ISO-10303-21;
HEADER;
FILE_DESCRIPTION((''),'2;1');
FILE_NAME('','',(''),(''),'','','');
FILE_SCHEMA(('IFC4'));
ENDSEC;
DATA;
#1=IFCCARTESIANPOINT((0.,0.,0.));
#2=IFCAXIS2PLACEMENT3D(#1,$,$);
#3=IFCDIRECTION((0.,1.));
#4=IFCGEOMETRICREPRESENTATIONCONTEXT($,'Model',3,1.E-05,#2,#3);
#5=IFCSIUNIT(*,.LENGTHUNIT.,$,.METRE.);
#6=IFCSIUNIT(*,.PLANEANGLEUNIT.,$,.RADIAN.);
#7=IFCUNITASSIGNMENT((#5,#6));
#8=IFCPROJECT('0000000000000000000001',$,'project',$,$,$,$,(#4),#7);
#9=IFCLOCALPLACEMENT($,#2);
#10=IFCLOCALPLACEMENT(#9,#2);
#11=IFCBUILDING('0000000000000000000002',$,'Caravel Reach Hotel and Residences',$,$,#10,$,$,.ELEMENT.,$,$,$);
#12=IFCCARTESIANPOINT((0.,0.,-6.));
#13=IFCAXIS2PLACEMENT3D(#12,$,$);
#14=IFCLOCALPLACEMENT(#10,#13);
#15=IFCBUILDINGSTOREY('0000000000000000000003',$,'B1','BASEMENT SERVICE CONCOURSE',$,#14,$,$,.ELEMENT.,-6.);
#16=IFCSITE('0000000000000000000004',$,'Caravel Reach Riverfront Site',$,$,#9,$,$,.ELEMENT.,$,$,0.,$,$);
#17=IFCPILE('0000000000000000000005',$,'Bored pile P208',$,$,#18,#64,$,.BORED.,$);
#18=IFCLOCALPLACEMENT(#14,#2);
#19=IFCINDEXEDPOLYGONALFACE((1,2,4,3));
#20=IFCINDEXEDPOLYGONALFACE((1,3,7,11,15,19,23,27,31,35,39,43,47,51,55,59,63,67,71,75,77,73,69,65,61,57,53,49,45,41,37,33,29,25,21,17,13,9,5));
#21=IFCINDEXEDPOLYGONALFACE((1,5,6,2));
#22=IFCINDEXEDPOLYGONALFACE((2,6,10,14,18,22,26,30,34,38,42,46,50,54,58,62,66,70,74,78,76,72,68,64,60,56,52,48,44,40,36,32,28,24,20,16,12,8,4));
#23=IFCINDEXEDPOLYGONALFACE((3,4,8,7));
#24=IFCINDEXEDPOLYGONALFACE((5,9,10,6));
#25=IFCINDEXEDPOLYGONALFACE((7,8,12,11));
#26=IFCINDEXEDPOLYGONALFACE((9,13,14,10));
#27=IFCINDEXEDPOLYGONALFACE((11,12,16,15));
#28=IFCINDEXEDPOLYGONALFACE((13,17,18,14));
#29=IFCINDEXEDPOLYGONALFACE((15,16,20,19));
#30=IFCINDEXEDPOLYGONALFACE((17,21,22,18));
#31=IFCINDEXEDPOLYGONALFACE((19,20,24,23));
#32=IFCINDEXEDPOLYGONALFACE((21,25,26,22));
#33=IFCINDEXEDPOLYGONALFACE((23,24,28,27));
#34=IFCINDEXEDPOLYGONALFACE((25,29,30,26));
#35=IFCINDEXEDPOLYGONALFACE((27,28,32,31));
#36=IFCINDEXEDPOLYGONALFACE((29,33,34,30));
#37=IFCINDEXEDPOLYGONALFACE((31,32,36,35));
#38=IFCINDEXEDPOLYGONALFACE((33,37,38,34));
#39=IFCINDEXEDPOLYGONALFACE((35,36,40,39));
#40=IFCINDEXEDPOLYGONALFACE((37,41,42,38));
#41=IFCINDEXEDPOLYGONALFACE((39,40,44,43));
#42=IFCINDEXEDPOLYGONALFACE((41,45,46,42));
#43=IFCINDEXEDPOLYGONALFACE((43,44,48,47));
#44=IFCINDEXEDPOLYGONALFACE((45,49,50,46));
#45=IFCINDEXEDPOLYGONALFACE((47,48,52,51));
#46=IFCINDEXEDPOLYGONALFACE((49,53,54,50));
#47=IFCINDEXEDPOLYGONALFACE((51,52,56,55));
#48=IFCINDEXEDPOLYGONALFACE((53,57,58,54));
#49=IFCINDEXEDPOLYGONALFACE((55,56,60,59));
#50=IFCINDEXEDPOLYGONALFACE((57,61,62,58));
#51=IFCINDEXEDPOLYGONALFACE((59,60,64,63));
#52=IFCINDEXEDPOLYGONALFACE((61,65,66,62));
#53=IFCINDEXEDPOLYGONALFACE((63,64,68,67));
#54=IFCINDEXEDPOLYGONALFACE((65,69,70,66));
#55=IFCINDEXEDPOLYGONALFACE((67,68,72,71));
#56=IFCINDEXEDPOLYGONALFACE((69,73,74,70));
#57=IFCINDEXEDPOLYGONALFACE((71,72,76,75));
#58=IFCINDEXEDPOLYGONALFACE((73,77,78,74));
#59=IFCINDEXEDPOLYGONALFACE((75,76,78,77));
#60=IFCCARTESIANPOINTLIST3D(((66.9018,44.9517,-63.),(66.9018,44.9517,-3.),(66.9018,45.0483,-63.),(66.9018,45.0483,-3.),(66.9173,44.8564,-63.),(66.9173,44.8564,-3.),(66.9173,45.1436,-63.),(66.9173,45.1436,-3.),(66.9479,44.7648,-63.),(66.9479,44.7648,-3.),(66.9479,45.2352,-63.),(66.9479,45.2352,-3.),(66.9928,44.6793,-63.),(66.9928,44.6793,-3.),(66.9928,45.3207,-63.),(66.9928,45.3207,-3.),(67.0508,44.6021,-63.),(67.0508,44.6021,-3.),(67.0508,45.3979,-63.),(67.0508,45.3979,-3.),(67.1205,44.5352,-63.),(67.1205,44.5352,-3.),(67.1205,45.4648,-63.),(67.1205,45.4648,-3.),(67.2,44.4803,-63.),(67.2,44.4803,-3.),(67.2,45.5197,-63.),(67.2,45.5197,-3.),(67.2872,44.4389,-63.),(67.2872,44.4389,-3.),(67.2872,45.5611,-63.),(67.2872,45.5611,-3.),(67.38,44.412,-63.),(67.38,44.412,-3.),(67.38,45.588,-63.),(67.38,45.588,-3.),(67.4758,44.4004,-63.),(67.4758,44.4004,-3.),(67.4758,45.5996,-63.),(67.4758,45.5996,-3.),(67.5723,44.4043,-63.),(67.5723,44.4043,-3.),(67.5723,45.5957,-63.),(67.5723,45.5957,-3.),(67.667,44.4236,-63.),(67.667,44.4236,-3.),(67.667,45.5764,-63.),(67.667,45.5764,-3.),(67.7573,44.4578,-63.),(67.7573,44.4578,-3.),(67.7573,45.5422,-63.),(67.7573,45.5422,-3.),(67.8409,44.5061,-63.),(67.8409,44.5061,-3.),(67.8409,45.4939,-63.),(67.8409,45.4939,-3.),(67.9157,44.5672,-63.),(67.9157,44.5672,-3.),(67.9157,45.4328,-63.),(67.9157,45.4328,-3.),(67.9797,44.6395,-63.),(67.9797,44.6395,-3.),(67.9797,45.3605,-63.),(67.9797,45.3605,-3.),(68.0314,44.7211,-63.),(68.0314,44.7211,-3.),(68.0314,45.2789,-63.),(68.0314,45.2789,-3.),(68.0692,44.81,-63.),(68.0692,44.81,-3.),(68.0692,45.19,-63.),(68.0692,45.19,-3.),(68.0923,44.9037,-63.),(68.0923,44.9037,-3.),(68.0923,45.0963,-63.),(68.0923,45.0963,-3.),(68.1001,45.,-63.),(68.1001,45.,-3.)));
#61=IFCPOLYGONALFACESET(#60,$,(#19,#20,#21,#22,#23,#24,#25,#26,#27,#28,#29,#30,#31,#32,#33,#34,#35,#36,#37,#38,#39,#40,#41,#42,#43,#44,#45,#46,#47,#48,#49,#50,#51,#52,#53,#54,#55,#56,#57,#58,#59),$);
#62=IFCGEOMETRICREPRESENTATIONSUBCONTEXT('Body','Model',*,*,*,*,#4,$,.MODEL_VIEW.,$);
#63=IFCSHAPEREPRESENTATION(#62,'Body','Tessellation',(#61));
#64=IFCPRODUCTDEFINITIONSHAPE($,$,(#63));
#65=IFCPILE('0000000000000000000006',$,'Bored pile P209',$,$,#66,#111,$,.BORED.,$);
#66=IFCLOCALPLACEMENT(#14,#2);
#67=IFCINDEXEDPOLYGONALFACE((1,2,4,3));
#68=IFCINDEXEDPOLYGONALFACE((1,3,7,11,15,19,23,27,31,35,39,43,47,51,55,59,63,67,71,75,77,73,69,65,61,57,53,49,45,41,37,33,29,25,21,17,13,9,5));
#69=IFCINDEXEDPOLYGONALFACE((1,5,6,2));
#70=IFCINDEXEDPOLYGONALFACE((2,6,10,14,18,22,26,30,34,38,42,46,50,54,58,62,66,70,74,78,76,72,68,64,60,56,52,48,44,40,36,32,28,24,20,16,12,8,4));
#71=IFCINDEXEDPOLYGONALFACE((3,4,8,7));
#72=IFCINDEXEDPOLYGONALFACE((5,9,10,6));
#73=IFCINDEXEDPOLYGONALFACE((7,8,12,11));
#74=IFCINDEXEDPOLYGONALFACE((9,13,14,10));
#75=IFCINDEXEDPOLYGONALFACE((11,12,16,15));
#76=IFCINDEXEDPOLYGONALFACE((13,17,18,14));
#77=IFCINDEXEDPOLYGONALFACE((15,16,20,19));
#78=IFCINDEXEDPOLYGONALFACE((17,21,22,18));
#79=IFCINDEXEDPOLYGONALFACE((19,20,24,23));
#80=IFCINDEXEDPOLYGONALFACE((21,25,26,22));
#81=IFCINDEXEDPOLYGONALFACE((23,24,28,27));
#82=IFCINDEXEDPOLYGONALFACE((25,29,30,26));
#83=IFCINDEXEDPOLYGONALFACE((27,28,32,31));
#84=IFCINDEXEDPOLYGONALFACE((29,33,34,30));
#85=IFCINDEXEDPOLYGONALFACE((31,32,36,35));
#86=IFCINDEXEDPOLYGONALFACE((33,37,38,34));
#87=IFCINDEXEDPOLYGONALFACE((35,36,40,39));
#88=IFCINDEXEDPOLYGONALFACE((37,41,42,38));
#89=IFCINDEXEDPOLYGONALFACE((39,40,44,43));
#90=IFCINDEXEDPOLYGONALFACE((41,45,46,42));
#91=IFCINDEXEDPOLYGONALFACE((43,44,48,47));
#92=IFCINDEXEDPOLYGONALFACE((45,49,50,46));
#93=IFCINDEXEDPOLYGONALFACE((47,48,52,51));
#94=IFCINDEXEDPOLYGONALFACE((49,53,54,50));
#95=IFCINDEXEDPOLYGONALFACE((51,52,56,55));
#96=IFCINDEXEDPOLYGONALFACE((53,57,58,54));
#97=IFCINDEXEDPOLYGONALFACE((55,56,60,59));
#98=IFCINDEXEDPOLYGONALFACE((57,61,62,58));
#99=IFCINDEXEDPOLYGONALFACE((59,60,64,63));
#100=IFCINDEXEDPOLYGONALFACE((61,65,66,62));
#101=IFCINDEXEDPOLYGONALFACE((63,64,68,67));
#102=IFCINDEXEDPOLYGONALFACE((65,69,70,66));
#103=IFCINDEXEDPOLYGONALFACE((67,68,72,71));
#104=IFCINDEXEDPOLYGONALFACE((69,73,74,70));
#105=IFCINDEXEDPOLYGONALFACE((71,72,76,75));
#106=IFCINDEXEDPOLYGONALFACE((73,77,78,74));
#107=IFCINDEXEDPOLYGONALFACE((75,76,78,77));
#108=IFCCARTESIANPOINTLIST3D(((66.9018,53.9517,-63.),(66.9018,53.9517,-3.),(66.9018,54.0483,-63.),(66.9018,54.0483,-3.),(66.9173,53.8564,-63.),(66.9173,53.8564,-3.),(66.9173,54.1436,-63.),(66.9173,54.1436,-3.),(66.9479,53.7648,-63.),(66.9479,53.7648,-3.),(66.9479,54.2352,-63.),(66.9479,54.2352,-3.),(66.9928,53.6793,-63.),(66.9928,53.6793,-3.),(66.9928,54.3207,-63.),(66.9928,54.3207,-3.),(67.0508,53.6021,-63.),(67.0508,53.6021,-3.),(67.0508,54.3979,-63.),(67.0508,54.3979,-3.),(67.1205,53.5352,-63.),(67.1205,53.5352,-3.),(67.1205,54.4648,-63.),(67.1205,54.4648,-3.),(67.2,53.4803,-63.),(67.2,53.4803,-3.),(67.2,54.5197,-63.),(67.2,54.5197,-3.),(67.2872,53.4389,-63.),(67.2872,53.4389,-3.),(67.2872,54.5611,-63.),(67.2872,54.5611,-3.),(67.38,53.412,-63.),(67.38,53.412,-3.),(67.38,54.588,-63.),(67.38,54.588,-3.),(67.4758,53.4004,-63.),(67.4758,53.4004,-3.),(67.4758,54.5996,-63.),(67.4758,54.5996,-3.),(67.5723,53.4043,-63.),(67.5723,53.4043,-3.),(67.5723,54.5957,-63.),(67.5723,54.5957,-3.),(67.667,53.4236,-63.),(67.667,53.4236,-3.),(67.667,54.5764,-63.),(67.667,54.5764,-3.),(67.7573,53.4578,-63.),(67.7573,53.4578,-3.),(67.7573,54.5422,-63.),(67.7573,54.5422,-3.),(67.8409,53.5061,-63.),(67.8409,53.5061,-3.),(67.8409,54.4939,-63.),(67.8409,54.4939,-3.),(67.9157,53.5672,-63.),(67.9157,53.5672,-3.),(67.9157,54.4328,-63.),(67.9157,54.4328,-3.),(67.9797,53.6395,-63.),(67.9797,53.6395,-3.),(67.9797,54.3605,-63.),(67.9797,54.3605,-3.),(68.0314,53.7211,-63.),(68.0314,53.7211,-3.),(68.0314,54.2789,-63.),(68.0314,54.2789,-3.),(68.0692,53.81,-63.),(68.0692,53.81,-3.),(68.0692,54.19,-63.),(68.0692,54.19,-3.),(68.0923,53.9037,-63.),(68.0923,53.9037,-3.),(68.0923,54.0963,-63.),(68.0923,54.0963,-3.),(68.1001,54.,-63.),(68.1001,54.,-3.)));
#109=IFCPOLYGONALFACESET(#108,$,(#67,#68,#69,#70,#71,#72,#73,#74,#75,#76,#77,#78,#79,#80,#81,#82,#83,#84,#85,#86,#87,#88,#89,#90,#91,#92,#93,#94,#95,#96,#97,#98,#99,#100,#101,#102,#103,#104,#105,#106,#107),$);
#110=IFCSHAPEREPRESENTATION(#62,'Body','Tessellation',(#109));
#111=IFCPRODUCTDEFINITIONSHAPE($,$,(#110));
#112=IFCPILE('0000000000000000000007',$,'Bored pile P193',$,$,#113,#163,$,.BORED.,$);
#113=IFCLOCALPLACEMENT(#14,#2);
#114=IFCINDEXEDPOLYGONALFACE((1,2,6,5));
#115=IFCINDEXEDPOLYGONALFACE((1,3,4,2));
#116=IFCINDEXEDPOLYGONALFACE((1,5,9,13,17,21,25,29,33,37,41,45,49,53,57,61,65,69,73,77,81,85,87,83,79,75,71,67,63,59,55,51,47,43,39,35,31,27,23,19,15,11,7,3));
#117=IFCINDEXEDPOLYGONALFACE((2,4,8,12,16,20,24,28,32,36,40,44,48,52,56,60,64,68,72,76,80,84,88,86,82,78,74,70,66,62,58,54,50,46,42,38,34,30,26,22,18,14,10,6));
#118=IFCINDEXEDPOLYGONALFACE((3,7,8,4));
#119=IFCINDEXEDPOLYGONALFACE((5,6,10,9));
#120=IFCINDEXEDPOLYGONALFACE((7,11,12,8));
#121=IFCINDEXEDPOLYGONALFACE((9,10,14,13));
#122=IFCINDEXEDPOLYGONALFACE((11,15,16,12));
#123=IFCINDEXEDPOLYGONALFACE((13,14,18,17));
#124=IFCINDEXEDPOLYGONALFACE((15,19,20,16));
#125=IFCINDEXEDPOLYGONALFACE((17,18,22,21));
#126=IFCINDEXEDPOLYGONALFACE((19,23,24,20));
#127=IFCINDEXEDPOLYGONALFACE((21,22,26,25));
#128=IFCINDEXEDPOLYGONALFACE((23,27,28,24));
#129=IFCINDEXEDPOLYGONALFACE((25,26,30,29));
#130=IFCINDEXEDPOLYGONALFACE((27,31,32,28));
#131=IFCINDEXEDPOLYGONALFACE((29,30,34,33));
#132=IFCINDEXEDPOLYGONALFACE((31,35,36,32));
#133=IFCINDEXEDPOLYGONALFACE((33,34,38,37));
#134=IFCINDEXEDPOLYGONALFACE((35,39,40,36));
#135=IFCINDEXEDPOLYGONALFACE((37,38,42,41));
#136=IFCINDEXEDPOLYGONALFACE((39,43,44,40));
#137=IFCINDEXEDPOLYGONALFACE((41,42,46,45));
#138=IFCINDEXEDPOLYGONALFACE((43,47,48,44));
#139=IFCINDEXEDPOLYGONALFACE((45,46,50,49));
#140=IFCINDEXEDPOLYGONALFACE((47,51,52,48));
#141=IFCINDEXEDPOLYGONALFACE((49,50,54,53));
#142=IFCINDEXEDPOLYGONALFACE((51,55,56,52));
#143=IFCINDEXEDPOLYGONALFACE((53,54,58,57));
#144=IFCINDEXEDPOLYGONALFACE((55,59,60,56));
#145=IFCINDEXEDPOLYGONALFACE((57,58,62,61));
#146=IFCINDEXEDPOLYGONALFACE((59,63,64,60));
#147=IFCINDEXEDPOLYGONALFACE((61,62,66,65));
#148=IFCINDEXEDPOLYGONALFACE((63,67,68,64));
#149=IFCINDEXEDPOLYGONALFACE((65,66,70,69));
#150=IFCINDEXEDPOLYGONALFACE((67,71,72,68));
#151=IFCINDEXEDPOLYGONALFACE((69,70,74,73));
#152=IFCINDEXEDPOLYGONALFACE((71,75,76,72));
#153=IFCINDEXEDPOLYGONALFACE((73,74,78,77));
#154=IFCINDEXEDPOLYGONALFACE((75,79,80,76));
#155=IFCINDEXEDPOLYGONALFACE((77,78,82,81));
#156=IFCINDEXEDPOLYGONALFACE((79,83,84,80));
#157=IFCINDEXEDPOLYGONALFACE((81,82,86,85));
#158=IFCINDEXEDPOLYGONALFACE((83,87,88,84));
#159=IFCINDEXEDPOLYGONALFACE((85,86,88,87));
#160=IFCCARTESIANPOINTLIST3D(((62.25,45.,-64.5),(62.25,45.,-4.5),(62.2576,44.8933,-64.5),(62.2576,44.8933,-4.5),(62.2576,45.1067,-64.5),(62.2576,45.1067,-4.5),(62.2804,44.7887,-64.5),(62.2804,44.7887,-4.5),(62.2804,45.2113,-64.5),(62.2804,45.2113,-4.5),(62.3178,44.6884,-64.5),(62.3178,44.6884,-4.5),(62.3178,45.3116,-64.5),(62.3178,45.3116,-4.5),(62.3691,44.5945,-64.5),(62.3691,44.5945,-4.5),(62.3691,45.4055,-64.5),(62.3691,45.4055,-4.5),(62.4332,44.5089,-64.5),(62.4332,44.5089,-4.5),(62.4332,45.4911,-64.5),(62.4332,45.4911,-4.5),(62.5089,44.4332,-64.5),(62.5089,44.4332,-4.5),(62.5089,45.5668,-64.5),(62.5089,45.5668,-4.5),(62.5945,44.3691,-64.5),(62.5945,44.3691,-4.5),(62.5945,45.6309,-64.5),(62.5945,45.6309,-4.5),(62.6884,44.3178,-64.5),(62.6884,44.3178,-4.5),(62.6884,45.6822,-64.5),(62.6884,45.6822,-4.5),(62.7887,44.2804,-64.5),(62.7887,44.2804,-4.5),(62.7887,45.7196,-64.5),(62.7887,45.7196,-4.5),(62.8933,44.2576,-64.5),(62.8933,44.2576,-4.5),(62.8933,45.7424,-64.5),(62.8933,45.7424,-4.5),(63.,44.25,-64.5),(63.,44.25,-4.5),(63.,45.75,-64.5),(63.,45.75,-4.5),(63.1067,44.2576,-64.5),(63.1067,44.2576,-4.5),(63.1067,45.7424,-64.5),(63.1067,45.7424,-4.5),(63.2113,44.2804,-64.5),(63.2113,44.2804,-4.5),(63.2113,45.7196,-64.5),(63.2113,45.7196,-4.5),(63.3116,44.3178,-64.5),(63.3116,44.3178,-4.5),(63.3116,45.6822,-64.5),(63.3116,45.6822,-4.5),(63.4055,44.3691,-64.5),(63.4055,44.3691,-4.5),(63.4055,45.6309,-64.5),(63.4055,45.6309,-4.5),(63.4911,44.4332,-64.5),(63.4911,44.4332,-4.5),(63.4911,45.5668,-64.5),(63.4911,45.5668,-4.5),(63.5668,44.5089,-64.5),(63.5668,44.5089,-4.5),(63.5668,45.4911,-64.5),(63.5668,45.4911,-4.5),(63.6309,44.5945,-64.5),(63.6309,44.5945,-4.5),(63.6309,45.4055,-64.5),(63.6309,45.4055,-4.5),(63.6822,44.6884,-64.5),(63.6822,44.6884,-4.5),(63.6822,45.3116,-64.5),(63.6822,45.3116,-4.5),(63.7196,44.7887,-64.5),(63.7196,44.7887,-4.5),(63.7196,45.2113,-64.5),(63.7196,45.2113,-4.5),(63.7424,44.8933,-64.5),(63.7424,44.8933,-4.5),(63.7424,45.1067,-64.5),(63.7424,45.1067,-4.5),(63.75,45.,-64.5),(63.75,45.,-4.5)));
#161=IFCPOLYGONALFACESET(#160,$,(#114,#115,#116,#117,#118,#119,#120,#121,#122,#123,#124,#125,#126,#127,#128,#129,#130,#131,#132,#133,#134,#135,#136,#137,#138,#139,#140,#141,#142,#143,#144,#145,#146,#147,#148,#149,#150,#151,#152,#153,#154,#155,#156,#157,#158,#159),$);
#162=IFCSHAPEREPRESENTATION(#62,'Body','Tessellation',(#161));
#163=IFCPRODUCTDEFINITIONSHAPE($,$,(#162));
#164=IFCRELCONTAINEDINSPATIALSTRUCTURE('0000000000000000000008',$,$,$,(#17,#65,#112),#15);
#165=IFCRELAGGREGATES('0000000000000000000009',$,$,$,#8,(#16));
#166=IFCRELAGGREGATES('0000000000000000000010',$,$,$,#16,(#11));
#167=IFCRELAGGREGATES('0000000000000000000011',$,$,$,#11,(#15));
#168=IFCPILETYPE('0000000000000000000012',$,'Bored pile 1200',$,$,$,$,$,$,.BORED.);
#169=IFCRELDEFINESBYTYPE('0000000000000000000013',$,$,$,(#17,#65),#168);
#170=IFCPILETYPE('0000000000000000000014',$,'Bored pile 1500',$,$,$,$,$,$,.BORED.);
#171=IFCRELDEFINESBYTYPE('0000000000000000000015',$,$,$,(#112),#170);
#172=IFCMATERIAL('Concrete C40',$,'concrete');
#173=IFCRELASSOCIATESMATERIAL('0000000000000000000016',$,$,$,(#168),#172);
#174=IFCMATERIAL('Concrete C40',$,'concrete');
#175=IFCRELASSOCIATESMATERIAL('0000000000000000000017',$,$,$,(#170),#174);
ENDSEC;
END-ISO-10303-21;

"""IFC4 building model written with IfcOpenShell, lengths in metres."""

from ifc_helpers import new_model, si_unit, direction, frame, origin, origin_2d, place, context, subcontext, project, spatial, circle, extrude, material, material_profile, profile_set, type_object, element, save


model = new_model("IFC4")

# Units and contexts
model_context = context("Model", 3, precision=1e-05, world=origin(), true_north=direction((0.0, 1.0)))
body_context = subcontext(model_context, "Body", "Model", "MODEL_VIEW")
ifc_project = project(units=[si_unit("LENGTHUNIT", "METRE"), si_unit("PLANEANGLEUNIT", "RADIAN")], contexts=[model_context])

# Site, building, storey
site_placement = place(None, origin())
site = spatial("IfcSite", under=ifc_project, at=site_placement, Name="Caravel Reach Riverfront Site", CompositionType="ELEMENT", RefElevation=0.0)
building_placement = place(site_placement, origin())
building = spatial("IfcBuilding", under=site, at=building_placement, Name="Caravel Reach Hotel and Residences", CompositionType="ELEMENT")
storey_placement = place(building_placement, frame((0.0, 0.0, -6.0)))
storey = spatial("IfcBuildingStorey", under=building, at=storey_placement, Name="B1", Description="BASEMENT SERVICE CONCOURSE", CompositionType="ELEMENT", Elevation=-6.0)

# Piles
ifc_material_1 = material(Name="Concrete C40", Category="concrete")
ifc_material_profile_1 = material_profile(ifc_material_1, circle(Radius=0.6001, at=origin_2d()), Name="PILE 1200")
ifc_profile_set_1 = profile_set([ifc_material_profile_1], Name="Concrete C40")
pile_type_1 = type_object("IfcPileType", Name="Bored pile 1200", PredefinedType="BORED", material=ifc_profile_set_1)
for number, where, z_axis, x_axis, name in (
    (1, (67.5, 45.0, -3.0), (0.0, 0.0, -1.0), (1.0, 0.0, 0.0), "Bored pile P208"),
    (2, (67.5, 54.0, -3.0), (0.0, 0.0, -1.0), (1.0, 0.0, 0.0), "Bored pile P209"),
):
    element("IfcPile", number, at=place(storey_placement, frame(where, z_axis=z_axis, x_axis=x_axis)), inside=storey, type_object=pile_type_1, Name=name, PredefinedType="BORED", context=body_context, shape_type="SweptSolid", body=[
        extrude(circle(Radius=0.6001, at=origin_2d()), origin(), (0.0, 0.0, 1.0), 60.0),
    ])
ifc_material_2 = material(Name="Concrete C40", Category="concrete")
ifc_material_profile_2 = material_profile(ifc_material_2, circle(Radius=0.75, at=origin_2d()), Name="PILE 1500")
ifc_profile_set_2 = profile_set([ifc_material_profile_2], Name="Concrete C40")
pile_type_2 = type_object("IfcPileType", Name="Bored pile 1500", PredefinedType="BORED", material=ifc_profile_set_2)
for number, where, z_axis, x_axis, name in (
    (3, (63.0, 45.0, -4.5), (0.0, 0.0, -1.0), (1.0, 0.0, 0.0), "Bored pile P193"),
):
    element("IfcPile", number, at=place(storey_placement, frame(where, z_axis=z_axis, x_axis=x_axis)), inside=storey, type_object=pile_type_2, Name=name, PredefinedType="BORED", context=body_context, shape_type="SweptSolid", body=[
        extrude(circle(Radius=0.75, at=origin_2d()), origin(), (0.0, 0.0, 1.0), 60.0),
    ])

save(model, "model.ifc")
